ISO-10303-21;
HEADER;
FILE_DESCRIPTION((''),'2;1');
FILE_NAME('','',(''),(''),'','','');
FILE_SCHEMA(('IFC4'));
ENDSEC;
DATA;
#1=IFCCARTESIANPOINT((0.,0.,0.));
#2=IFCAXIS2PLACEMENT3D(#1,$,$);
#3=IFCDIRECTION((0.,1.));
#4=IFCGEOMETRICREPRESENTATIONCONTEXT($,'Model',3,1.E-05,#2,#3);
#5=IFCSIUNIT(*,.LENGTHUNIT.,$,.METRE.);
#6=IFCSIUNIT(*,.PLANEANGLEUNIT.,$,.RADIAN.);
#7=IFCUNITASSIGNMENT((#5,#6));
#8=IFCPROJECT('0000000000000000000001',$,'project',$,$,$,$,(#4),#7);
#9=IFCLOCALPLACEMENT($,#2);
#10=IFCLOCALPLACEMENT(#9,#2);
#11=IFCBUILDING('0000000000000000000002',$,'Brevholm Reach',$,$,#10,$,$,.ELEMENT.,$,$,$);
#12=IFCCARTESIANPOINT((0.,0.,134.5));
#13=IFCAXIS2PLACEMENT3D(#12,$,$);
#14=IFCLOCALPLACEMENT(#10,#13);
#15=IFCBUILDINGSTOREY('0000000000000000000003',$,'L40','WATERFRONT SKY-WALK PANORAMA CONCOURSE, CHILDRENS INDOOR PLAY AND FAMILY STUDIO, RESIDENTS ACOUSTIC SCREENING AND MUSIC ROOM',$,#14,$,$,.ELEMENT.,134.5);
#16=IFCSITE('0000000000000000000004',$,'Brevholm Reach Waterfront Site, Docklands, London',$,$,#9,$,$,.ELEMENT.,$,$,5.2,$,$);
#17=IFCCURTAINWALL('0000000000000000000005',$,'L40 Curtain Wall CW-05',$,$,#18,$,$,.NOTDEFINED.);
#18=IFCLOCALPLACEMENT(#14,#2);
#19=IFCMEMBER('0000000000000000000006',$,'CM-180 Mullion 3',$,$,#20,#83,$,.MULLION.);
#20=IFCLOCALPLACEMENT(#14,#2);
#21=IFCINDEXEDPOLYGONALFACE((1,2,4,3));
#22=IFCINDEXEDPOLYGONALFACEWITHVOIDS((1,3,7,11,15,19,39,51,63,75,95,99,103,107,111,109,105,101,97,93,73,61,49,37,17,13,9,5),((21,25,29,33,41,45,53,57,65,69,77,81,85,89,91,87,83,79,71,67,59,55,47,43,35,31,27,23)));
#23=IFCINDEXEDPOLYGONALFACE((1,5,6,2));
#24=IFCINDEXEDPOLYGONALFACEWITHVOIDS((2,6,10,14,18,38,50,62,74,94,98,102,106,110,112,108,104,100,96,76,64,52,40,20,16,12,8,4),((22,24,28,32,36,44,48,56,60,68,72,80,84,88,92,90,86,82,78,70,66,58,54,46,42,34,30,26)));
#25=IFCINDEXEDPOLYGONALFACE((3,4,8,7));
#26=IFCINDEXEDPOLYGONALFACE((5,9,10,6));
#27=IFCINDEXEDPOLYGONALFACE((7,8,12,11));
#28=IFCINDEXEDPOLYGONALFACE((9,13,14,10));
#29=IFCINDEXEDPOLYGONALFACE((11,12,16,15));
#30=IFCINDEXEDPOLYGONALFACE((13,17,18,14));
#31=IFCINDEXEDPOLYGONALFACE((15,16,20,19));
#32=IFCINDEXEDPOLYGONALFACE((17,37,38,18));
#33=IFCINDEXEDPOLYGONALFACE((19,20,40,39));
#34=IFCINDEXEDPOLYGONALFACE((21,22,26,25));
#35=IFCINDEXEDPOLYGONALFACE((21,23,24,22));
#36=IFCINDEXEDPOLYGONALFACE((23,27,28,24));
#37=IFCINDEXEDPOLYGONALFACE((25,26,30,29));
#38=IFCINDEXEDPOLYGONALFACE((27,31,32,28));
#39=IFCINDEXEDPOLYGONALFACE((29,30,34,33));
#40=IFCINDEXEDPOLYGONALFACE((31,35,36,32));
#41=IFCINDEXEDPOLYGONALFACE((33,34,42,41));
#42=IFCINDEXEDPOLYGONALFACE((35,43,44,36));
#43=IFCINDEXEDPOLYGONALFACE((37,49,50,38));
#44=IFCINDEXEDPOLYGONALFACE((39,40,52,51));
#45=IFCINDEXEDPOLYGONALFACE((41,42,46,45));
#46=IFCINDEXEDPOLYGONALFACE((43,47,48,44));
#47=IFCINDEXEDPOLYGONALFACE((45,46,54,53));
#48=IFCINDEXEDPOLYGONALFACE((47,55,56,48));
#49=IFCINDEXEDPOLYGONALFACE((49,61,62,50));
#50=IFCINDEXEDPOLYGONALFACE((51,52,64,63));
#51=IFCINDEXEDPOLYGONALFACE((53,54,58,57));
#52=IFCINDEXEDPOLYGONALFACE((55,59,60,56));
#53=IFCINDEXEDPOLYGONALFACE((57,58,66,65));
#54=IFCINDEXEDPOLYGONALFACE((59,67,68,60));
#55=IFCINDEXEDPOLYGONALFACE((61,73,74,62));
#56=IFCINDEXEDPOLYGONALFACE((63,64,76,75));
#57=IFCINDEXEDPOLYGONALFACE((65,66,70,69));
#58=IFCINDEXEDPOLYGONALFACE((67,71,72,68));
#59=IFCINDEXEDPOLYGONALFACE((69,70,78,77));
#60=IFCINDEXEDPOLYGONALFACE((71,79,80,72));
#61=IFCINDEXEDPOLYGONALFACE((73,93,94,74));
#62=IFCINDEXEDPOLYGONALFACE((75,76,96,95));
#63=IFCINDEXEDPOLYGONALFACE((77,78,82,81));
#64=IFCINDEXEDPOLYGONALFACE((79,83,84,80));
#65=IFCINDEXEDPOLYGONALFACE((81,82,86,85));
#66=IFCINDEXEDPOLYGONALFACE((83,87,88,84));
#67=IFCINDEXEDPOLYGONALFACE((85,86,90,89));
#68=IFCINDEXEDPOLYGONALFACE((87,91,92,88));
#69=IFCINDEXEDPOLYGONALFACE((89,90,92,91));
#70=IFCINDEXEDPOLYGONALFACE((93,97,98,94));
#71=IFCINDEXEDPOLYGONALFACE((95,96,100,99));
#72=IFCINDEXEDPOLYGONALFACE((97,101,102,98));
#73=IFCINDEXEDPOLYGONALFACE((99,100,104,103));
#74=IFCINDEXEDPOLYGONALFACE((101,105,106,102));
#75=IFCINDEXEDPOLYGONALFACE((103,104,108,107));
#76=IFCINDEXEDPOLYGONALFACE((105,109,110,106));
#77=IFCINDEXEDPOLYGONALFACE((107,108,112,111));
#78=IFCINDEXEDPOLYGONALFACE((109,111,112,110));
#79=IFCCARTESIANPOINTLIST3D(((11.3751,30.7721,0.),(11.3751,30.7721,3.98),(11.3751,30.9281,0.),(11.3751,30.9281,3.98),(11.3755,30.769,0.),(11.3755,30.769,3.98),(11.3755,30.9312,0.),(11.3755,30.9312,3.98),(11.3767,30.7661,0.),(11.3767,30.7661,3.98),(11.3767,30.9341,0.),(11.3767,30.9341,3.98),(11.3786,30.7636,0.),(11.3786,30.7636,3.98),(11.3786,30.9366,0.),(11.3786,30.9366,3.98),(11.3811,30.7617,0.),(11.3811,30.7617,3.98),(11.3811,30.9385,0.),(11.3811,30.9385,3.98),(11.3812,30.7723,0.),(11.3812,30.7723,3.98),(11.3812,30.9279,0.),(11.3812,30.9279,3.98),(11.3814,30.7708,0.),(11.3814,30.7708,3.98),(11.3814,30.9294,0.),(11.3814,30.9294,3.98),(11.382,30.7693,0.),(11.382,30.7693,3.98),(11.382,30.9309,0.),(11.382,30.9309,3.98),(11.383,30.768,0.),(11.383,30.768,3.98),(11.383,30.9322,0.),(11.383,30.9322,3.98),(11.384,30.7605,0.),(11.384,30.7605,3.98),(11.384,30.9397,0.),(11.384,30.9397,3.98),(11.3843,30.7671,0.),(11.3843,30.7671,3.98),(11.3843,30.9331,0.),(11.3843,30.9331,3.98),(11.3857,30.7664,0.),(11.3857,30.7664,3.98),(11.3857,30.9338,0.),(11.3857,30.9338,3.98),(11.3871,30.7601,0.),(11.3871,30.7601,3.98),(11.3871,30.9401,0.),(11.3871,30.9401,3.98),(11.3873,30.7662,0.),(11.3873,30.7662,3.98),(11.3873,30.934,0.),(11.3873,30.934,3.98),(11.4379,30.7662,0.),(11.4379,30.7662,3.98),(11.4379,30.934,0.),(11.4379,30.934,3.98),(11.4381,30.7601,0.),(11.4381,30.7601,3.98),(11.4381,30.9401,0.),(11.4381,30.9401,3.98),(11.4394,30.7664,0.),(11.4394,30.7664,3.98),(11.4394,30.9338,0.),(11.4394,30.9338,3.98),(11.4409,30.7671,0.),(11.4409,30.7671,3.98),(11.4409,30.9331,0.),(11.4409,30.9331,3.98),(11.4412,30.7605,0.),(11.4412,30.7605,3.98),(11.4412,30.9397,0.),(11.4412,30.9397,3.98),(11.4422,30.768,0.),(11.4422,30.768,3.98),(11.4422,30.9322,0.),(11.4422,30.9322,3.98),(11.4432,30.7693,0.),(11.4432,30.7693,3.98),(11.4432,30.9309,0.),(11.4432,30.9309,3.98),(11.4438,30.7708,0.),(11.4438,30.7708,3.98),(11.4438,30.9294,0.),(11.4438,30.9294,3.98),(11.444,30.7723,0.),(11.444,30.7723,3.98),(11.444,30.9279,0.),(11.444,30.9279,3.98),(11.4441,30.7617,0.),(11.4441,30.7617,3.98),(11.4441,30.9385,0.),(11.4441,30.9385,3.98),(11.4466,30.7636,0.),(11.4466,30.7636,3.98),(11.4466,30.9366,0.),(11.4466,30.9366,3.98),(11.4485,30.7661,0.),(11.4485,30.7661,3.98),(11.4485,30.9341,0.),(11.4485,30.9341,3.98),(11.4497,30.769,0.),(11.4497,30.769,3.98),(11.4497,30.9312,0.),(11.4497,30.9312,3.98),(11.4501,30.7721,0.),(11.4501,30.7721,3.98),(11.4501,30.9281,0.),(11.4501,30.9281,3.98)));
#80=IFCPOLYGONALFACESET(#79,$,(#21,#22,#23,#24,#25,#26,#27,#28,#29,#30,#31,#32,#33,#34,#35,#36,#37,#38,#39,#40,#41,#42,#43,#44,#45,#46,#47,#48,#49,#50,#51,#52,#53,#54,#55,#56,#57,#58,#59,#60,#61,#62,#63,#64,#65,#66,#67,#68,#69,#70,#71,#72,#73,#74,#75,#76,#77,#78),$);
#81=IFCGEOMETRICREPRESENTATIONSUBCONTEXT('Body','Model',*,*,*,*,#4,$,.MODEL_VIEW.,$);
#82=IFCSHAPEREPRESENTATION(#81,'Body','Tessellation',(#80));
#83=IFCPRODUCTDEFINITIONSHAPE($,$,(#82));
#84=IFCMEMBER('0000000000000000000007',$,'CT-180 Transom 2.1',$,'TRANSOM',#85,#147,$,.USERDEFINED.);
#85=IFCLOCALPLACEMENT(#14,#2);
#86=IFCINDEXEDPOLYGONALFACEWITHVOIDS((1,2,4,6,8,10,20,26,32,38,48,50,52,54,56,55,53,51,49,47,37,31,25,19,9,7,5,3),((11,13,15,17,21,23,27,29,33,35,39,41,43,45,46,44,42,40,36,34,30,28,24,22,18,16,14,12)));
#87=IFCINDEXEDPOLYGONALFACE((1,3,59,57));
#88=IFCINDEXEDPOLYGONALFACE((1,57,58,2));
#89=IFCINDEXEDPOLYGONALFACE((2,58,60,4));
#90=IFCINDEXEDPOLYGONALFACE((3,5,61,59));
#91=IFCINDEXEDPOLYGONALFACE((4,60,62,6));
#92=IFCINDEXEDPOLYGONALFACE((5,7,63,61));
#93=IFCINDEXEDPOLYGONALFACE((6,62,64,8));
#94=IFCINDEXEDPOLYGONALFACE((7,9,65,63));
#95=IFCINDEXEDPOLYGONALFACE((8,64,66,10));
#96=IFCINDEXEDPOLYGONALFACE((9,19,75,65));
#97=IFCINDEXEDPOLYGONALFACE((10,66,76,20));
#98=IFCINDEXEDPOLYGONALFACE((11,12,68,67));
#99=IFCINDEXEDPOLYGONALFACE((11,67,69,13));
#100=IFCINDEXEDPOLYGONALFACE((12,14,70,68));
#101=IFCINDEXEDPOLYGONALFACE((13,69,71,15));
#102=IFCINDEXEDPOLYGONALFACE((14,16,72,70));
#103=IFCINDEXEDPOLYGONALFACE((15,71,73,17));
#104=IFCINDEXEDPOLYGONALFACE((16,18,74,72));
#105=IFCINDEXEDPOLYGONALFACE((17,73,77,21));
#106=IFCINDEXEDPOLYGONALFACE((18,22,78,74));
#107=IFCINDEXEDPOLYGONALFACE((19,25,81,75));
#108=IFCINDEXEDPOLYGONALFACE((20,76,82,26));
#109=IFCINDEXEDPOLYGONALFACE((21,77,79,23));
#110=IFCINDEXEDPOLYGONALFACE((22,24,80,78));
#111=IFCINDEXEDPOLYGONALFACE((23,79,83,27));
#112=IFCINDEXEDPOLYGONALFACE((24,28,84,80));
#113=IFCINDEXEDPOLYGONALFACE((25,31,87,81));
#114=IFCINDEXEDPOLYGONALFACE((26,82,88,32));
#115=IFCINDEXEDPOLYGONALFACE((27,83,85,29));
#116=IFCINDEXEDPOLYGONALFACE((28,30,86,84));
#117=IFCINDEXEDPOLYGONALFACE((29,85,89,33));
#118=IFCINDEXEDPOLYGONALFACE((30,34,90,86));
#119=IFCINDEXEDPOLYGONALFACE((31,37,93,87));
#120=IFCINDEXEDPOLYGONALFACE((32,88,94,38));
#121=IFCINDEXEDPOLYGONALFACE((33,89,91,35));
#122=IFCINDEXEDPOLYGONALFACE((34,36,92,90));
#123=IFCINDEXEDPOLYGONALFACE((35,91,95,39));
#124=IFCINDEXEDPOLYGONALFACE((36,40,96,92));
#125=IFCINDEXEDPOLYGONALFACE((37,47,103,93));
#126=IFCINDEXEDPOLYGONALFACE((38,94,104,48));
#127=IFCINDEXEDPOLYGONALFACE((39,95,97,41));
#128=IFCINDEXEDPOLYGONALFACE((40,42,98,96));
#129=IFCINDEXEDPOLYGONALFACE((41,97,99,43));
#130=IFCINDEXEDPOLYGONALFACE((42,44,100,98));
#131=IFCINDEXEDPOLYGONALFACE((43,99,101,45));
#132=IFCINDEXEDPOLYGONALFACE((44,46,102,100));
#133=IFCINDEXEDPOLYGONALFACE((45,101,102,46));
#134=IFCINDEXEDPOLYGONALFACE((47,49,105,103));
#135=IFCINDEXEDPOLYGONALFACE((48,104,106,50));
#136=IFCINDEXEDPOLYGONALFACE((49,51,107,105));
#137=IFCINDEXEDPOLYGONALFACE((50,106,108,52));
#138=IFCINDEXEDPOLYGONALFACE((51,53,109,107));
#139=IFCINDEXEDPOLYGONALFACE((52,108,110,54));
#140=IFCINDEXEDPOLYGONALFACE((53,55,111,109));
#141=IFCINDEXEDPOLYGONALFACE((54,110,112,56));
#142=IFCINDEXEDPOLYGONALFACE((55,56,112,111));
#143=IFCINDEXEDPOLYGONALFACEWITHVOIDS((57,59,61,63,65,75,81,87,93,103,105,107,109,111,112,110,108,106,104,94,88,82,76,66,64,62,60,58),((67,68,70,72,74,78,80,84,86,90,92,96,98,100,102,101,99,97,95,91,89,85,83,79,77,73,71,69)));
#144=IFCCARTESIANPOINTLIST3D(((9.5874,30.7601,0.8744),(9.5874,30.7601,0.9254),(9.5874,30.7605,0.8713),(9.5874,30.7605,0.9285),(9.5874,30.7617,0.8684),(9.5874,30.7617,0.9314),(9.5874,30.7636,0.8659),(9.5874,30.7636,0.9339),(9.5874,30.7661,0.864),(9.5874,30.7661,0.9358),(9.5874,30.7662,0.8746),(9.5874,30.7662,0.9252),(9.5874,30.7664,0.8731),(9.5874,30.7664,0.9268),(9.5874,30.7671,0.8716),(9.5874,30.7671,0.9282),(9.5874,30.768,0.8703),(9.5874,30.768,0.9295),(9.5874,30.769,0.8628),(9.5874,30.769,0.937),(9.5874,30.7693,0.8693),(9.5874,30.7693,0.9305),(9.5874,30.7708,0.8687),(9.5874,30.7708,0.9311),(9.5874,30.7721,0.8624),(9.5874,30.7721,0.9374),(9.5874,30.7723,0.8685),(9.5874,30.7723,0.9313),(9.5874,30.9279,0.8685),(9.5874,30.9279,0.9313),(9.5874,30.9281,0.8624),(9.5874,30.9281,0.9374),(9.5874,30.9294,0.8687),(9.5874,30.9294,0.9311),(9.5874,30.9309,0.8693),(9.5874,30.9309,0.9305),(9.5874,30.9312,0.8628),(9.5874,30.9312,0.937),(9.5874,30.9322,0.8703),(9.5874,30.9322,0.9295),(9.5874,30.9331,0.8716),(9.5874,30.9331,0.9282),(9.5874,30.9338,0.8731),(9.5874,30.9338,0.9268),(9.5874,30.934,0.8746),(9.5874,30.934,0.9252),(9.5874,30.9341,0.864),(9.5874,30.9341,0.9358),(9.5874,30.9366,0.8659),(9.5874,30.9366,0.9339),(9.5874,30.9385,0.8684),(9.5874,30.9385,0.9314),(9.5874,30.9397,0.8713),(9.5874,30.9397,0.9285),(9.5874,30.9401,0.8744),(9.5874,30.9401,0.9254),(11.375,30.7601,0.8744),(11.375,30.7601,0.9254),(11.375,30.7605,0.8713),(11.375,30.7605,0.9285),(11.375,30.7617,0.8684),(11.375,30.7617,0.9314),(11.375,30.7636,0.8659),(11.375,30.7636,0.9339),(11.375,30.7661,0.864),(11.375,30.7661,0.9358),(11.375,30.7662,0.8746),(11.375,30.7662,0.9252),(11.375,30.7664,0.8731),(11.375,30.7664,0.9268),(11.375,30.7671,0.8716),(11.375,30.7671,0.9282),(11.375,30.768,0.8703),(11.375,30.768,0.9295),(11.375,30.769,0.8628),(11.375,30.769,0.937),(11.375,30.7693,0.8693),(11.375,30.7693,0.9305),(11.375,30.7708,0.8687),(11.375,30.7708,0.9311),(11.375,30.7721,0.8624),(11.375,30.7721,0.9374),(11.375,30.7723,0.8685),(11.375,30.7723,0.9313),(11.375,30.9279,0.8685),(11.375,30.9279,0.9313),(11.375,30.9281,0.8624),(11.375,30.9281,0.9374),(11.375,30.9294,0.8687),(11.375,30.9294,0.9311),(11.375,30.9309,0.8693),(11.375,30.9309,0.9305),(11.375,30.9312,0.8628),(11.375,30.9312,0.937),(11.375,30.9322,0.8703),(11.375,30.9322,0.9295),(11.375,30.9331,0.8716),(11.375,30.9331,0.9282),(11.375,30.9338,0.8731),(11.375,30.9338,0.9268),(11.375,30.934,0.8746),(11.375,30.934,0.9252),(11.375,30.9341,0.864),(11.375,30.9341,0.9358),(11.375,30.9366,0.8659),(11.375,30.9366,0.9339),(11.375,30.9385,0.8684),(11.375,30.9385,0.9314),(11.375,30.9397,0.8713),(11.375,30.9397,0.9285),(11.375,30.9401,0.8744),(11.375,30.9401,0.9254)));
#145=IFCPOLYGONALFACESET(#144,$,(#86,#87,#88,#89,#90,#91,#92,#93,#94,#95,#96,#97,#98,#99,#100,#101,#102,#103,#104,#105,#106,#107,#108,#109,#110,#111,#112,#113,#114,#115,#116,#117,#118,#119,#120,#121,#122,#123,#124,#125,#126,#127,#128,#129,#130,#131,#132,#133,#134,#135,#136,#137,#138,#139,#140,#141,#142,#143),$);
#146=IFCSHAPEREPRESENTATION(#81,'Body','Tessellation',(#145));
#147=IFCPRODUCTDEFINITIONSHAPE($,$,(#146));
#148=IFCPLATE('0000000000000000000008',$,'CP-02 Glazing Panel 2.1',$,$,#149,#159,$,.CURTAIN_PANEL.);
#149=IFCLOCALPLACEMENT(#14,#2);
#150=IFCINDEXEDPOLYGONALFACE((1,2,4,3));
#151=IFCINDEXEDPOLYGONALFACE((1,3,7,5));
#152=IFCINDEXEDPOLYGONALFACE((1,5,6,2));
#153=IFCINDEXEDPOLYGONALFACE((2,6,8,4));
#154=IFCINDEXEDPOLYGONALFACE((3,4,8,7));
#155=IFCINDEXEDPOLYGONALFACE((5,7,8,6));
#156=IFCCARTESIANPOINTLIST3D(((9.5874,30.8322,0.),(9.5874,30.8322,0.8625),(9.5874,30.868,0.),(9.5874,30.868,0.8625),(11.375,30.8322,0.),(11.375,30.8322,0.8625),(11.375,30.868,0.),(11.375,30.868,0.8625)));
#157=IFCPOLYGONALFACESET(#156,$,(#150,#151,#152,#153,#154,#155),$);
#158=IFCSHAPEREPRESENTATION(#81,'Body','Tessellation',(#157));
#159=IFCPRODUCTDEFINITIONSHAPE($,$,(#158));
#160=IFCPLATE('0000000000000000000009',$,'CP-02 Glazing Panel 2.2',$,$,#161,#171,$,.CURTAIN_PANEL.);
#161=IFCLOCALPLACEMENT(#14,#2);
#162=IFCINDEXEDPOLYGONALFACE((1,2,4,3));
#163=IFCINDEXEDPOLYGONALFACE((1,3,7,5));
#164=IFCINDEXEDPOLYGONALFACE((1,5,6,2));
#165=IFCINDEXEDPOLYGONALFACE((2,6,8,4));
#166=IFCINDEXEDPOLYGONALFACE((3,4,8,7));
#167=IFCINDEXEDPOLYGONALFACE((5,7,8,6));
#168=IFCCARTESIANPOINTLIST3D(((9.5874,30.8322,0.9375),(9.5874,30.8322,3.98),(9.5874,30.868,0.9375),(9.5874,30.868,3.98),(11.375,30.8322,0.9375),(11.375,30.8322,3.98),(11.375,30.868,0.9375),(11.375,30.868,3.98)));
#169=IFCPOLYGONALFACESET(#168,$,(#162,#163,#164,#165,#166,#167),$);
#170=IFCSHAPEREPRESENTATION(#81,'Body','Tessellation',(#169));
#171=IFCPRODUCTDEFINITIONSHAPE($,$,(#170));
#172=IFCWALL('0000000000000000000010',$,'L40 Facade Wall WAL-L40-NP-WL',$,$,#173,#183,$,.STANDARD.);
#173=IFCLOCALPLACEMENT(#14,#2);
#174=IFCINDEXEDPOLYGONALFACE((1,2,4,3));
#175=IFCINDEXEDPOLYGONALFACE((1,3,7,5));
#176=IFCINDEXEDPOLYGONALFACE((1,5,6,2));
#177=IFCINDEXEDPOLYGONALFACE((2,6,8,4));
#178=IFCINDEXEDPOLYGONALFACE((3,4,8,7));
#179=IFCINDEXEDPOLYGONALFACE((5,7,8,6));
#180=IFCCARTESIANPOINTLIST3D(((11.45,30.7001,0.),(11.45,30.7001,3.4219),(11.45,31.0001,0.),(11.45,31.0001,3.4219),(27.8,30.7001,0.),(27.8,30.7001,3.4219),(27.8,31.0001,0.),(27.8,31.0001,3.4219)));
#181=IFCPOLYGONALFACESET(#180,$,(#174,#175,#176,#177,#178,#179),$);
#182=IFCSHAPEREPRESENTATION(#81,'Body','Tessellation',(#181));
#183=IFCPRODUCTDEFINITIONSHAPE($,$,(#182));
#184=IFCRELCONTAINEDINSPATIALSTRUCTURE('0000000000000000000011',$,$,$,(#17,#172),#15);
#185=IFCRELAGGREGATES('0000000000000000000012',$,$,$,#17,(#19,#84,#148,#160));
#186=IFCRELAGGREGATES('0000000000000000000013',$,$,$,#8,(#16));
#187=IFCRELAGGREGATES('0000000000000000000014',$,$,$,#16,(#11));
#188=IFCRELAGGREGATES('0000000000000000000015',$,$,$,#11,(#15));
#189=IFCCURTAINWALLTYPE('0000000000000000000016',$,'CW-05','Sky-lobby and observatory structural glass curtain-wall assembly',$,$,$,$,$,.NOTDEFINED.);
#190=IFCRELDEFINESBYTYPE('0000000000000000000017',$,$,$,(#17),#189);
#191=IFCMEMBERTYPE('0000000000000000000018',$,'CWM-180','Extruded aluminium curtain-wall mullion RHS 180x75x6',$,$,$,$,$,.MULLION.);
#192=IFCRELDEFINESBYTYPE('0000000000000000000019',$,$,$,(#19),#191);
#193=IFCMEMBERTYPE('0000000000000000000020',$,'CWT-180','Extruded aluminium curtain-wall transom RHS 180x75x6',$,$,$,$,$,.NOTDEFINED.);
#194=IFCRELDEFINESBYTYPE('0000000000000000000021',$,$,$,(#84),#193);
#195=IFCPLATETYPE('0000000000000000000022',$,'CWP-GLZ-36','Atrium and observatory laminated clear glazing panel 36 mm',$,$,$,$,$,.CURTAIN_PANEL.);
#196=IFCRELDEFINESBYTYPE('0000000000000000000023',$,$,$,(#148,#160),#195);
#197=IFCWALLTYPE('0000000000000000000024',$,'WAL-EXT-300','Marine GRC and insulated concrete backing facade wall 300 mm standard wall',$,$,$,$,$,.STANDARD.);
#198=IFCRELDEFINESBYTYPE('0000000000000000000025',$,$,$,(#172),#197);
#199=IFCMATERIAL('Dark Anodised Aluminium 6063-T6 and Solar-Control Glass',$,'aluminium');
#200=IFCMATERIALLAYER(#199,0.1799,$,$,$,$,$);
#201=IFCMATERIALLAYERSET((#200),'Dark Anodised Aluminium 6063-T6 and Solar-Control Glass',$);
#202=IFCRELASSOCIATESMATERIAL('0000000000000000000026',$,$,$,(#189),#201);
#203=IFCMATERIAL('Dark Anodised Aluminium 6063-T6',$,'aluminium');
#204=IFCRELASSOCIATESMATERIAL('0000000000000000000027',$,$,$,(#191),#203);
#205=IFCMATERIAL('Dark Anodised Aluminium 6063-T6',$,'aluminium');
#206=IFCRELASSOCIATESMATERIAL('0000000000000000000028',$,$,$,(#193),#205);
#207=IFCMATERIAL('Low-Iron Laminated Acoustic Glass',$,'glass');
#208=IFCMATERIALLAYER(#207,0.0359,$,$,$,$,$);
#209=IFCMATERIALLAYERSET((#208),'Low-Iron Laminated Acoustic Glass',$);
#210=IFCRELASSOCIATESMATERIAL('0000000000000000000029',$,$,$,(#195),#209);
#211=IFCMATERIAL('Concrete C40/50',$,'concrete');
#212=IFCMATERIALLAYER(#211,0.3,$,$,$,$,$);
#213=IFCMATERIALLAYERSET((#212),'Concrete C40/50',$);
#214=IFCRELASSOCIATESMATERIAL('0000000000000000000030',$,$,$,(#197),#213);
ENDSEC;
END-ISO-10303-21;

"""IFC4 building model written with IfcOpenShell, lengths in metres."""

from ifc_helpers import new_model, si_unit, direction, frame, frame_2d, origin, origin_2d, place, context, subcontext, project, spatial, rectangle, hollow_rectangle, extrude, material, layer, layer_set, material_profile, profile_set, type_object, element, aggregate, save


model = new_model("IFC4")

# Units and contexts
model_context = context("Model", 3, precision=1e-05, world=origin(), true_north=direction((0.0, 1.0)))
body_context = subcontext(model_context, "Body", "Model", "MODEL_VIEW")
ifc_project = project(units=[si_unit("LENGTHUNIT", "METRE"), si_unit("PLANEANGLEUNIT", "RADIAN")], contexts=[model_context])

# Site, building, storey
site_placement = place(None, origin())
site = spatial("IfcSite", under=ifc_project, at=site_placement, Name="Brevholm Reach Waterfront Site, Docklands, London", CompositionType="ELEMENT", RefElevation=5.2)
building_placement = place(site_placement, origin())
building = spatial("IfcBuilding", under=site, at=building_placement, Name="Brevholm Reach", CompositionType="ELEMENT")
storey_placement = place(building_placement, frame((0.0, 0.0, 134.5)))
storey = spatial("IfcBuildingStorey", under=building, at=storey_placement, Name="L40", Description="WATERFRONT SKY-WALK PANORAMA CONCOURSE, CHILDRENS INDOOR PLAY AND FAMILY STUDIO, RESIDENTS ACOUSTIC SCREENING AND MUSIC ROOM", CompositionType="ELEMENT", Elevation=134.5)

# Curtain wall, members, plates
ifc_material_1 = material(Name="Dark Anodised Aluminium 6063-T6 and Solar-Control Glass", Category="aluminium")
ifc_layer_1 = layer(ifc_material_1, 0.1799)
ifc_layer_set_1 = layer_set([ifc_layer_1], Name="Dark Anodised Aluminium 6063-T6 and Solar-Control Glass")
curtain_wall_type = type_object("IfcCurtainWallType", Name="CW-05", Description="Sky-lobby and observatory structural glass curtain-wall assembly", PredefinedType="NOTDEFINED", material=ifc_layer_set_1)
curtain_wall_placement = place(storey_placement, origin())
curtain_wall = element("IfcCurtainWall", 1, at=curtain_wall_placement, inside=storey, type_object=curtain_wall_type, Name="L40 Curtain Wall CW-05", PredefinedType="NOTDEFINED")
ifc_material_2 = material(Name="Dark Anodised Aluminium 6063-T6", Category="aluminium")
ifc_material_profile_1 = material_profile(ifc_material_2, hollow_rectangle(XDim=0.075, YDim=0.1799, WallThickness=0.0061, InnerFilletRadius=0.0061, OuterFilletRadius=0.012, at=origin_2d()), Name="RHS 180x75x6")
ifc_profile_set_1 = profile_set([ifc_material_profile_1], Name="Dark Anodised Aluminium 6063-T6")
member_type_1 = type_object("IfcMemberType", Name="CWM-180", Description="Extruded aluminium curtain-wall mullion RHS 180x75x6", PredefinedType="MULLION", material=ifc_profile_set_1)
member_1_placement = place(storey_placement, frame((11.4126, 30.8501, 0.0), z_axis=(0.0, 0.0, 1.0), x_axis=(1.0, 0.0, 0.0)))
member_1 = element("IfcMember", 2, at=member_1_placement, type_object=member_type_1, Name="CM-180 Mullion 3", PredefinedType="MULLION", context=body_context, shape_type="SweptSolid", body=[
    extrude(hollow_rectangle(XDim=0.075, YDim=0.1799, WallThickness=0.0061, InnerFilletRadius=0.0061, OuterFilletRadius=0.012, at=origin_2d()), origin(), (0.0, 0.0, 1.0), 3.98),
])
ifc_material_3 = material(Name="Dark Anodised Aluminium 6063-T6", Category="aluminium")
ifc_material_profile_2 = material_profile(ifc_material_3, hollow_rectangle(XDim=0.075, YDim=0.1799, WallThickness=0.0061, InnerFilletRadius=0.0061, OuterFilletRadius=0.012, at=origin_2d()), Name="RHS 180x75x6")
ifc_profile_set_2 = profile_set([ifc_material_profile_2], Name="Dark Anodised Aluminium 6063-T6")
member_type_2 = type_object("IfcMemberType", Name="CWT-180", Description="Extruded aluminium curtain-wall transom RHS 180x75x6", PredefinedType="NOTDEFINED", material=ifc_profile_set_2)
member_2_placement = place(storey_placement, frame((9.5874, 30.8501, 0.8999), z_axis=(1.0, 0.0, 0.0), x_axis=(0.0, 0.0, 1.0)))
member_2 = element("IfcMember", 3, at=member_2_placement, type_object=member_type_2, Name="CT-180 Transom 2.1", ObjectType="TRANSOM", PredefinedType="USERDEFINED", context=body_context, shape_type="SweptSolid", body=[
    extrude(hollow_rectangle(XDim=0.075, YDim=0.1799, WallThickness=0.0061, InnerFilletRadius=0.0061, OuterFilletRadius=0.012, at=origin_2d()), origin(), (0.0, 0.0, 1.0), 1.7876),
])
ifc_material_4 = material(Name="Low-Iron Laminated Acoustic Glass", Category="glass")
ifc_layer_2 = layer(ifc_material_4, 0.0359)
ifc_layer_set_2 = layer_set([ifc_layer_2], Name="Low-Iron Laminated Acoustic Glass")
plate_type = type_object("IfcPlateType", Name="CWP-GLZ-36", Description="Atrium and observatory laminated clear glazing panel 36 mm", PredefinedType="CURTAIN_PANEL", material=ifc_layer_set_2)
plate_1_placement = place(storey_placement, frame((10.4812, 30.8501, 0.0), z_axis=(0.0, 0.0, 1.0), x_axis=(1.0, 0.0, 0.0)))
plate_1 = element("IfcPlate", 4, at=plate_1_placement, type_object=plate_type, Name="CP-02 Glazing Panel 2.1", PredefinedType="CURTAIN_PANEL", context=body_context, shape_type="SweptSolid", body=[
    extrude(rectangle(XDim=1.7876, YDim=0.0359, at=origin_2d()), origin(), (0.0, 0.0, 1.0), 0.8625),
])
plate_2_placement = place(storey_placement, frame((10.4812, 30.8501, 0.9375), z_axis=(0.0, 0.0, 1.0), x_axis=(1.0, 0.0, 0.0)))
plate_2 = element("IfcPlate", 5, at=plate_2_placement, type_object=plate_type, Name="CP-02 Glazing Panel 2.2", PredefinedType="CURTAIN_PANEL", context=body_context, shape_type="SweptSolid", body=[
    extrude(rectangle(XDim=1.7876, YDim=0.0359, at=origin_2d()), origin(), (0.0, 0.0, 1.0), 3.0425),
])
aggregate(curtain_wall, [member_1, member_2, plate_1, plate_2])

# Wall
ifc_material_5 = material(Name="Concrete C40/50", Category="concrete")
ifc_layer_3 = layer(ifc_material_5, 0.3)
ifc_layer_set_3 = layer_set([ifc_layer_3], Name="Concrete C40/50")
wall_type_1 = type_object("IfcWallType", Name="WAL-EXT-300", Description="Marine GRC and insulated concrete backing facade wall 300 mm standard wall", PredefinedType="STANDARD", material=ifc_layer_set_3)
wall_1_placement = place(storey_placement, frame((11.45, 30.8501, 0.0), z_axis=(0.0, 0.0, 1.0), x_axis=(1.0, 0.0, 0.0)))
element("IfcWall", 6, at=wall_1_placement, inside=storey, type_object=wall_type_1, Name="L40 Facade Wall WAL-L40-NP-WL", PredefinedType="STANDARD", context=body_context, shape_type="SweptSolid", body=[
    extrude(rectangle(XDim=16.3501, YDim=0.3, at=frame_2d((8.175, 0.0))), origin(), (0.0, 0.0, 1.0), 3.4219),
])

save(model, "model.ifc")
